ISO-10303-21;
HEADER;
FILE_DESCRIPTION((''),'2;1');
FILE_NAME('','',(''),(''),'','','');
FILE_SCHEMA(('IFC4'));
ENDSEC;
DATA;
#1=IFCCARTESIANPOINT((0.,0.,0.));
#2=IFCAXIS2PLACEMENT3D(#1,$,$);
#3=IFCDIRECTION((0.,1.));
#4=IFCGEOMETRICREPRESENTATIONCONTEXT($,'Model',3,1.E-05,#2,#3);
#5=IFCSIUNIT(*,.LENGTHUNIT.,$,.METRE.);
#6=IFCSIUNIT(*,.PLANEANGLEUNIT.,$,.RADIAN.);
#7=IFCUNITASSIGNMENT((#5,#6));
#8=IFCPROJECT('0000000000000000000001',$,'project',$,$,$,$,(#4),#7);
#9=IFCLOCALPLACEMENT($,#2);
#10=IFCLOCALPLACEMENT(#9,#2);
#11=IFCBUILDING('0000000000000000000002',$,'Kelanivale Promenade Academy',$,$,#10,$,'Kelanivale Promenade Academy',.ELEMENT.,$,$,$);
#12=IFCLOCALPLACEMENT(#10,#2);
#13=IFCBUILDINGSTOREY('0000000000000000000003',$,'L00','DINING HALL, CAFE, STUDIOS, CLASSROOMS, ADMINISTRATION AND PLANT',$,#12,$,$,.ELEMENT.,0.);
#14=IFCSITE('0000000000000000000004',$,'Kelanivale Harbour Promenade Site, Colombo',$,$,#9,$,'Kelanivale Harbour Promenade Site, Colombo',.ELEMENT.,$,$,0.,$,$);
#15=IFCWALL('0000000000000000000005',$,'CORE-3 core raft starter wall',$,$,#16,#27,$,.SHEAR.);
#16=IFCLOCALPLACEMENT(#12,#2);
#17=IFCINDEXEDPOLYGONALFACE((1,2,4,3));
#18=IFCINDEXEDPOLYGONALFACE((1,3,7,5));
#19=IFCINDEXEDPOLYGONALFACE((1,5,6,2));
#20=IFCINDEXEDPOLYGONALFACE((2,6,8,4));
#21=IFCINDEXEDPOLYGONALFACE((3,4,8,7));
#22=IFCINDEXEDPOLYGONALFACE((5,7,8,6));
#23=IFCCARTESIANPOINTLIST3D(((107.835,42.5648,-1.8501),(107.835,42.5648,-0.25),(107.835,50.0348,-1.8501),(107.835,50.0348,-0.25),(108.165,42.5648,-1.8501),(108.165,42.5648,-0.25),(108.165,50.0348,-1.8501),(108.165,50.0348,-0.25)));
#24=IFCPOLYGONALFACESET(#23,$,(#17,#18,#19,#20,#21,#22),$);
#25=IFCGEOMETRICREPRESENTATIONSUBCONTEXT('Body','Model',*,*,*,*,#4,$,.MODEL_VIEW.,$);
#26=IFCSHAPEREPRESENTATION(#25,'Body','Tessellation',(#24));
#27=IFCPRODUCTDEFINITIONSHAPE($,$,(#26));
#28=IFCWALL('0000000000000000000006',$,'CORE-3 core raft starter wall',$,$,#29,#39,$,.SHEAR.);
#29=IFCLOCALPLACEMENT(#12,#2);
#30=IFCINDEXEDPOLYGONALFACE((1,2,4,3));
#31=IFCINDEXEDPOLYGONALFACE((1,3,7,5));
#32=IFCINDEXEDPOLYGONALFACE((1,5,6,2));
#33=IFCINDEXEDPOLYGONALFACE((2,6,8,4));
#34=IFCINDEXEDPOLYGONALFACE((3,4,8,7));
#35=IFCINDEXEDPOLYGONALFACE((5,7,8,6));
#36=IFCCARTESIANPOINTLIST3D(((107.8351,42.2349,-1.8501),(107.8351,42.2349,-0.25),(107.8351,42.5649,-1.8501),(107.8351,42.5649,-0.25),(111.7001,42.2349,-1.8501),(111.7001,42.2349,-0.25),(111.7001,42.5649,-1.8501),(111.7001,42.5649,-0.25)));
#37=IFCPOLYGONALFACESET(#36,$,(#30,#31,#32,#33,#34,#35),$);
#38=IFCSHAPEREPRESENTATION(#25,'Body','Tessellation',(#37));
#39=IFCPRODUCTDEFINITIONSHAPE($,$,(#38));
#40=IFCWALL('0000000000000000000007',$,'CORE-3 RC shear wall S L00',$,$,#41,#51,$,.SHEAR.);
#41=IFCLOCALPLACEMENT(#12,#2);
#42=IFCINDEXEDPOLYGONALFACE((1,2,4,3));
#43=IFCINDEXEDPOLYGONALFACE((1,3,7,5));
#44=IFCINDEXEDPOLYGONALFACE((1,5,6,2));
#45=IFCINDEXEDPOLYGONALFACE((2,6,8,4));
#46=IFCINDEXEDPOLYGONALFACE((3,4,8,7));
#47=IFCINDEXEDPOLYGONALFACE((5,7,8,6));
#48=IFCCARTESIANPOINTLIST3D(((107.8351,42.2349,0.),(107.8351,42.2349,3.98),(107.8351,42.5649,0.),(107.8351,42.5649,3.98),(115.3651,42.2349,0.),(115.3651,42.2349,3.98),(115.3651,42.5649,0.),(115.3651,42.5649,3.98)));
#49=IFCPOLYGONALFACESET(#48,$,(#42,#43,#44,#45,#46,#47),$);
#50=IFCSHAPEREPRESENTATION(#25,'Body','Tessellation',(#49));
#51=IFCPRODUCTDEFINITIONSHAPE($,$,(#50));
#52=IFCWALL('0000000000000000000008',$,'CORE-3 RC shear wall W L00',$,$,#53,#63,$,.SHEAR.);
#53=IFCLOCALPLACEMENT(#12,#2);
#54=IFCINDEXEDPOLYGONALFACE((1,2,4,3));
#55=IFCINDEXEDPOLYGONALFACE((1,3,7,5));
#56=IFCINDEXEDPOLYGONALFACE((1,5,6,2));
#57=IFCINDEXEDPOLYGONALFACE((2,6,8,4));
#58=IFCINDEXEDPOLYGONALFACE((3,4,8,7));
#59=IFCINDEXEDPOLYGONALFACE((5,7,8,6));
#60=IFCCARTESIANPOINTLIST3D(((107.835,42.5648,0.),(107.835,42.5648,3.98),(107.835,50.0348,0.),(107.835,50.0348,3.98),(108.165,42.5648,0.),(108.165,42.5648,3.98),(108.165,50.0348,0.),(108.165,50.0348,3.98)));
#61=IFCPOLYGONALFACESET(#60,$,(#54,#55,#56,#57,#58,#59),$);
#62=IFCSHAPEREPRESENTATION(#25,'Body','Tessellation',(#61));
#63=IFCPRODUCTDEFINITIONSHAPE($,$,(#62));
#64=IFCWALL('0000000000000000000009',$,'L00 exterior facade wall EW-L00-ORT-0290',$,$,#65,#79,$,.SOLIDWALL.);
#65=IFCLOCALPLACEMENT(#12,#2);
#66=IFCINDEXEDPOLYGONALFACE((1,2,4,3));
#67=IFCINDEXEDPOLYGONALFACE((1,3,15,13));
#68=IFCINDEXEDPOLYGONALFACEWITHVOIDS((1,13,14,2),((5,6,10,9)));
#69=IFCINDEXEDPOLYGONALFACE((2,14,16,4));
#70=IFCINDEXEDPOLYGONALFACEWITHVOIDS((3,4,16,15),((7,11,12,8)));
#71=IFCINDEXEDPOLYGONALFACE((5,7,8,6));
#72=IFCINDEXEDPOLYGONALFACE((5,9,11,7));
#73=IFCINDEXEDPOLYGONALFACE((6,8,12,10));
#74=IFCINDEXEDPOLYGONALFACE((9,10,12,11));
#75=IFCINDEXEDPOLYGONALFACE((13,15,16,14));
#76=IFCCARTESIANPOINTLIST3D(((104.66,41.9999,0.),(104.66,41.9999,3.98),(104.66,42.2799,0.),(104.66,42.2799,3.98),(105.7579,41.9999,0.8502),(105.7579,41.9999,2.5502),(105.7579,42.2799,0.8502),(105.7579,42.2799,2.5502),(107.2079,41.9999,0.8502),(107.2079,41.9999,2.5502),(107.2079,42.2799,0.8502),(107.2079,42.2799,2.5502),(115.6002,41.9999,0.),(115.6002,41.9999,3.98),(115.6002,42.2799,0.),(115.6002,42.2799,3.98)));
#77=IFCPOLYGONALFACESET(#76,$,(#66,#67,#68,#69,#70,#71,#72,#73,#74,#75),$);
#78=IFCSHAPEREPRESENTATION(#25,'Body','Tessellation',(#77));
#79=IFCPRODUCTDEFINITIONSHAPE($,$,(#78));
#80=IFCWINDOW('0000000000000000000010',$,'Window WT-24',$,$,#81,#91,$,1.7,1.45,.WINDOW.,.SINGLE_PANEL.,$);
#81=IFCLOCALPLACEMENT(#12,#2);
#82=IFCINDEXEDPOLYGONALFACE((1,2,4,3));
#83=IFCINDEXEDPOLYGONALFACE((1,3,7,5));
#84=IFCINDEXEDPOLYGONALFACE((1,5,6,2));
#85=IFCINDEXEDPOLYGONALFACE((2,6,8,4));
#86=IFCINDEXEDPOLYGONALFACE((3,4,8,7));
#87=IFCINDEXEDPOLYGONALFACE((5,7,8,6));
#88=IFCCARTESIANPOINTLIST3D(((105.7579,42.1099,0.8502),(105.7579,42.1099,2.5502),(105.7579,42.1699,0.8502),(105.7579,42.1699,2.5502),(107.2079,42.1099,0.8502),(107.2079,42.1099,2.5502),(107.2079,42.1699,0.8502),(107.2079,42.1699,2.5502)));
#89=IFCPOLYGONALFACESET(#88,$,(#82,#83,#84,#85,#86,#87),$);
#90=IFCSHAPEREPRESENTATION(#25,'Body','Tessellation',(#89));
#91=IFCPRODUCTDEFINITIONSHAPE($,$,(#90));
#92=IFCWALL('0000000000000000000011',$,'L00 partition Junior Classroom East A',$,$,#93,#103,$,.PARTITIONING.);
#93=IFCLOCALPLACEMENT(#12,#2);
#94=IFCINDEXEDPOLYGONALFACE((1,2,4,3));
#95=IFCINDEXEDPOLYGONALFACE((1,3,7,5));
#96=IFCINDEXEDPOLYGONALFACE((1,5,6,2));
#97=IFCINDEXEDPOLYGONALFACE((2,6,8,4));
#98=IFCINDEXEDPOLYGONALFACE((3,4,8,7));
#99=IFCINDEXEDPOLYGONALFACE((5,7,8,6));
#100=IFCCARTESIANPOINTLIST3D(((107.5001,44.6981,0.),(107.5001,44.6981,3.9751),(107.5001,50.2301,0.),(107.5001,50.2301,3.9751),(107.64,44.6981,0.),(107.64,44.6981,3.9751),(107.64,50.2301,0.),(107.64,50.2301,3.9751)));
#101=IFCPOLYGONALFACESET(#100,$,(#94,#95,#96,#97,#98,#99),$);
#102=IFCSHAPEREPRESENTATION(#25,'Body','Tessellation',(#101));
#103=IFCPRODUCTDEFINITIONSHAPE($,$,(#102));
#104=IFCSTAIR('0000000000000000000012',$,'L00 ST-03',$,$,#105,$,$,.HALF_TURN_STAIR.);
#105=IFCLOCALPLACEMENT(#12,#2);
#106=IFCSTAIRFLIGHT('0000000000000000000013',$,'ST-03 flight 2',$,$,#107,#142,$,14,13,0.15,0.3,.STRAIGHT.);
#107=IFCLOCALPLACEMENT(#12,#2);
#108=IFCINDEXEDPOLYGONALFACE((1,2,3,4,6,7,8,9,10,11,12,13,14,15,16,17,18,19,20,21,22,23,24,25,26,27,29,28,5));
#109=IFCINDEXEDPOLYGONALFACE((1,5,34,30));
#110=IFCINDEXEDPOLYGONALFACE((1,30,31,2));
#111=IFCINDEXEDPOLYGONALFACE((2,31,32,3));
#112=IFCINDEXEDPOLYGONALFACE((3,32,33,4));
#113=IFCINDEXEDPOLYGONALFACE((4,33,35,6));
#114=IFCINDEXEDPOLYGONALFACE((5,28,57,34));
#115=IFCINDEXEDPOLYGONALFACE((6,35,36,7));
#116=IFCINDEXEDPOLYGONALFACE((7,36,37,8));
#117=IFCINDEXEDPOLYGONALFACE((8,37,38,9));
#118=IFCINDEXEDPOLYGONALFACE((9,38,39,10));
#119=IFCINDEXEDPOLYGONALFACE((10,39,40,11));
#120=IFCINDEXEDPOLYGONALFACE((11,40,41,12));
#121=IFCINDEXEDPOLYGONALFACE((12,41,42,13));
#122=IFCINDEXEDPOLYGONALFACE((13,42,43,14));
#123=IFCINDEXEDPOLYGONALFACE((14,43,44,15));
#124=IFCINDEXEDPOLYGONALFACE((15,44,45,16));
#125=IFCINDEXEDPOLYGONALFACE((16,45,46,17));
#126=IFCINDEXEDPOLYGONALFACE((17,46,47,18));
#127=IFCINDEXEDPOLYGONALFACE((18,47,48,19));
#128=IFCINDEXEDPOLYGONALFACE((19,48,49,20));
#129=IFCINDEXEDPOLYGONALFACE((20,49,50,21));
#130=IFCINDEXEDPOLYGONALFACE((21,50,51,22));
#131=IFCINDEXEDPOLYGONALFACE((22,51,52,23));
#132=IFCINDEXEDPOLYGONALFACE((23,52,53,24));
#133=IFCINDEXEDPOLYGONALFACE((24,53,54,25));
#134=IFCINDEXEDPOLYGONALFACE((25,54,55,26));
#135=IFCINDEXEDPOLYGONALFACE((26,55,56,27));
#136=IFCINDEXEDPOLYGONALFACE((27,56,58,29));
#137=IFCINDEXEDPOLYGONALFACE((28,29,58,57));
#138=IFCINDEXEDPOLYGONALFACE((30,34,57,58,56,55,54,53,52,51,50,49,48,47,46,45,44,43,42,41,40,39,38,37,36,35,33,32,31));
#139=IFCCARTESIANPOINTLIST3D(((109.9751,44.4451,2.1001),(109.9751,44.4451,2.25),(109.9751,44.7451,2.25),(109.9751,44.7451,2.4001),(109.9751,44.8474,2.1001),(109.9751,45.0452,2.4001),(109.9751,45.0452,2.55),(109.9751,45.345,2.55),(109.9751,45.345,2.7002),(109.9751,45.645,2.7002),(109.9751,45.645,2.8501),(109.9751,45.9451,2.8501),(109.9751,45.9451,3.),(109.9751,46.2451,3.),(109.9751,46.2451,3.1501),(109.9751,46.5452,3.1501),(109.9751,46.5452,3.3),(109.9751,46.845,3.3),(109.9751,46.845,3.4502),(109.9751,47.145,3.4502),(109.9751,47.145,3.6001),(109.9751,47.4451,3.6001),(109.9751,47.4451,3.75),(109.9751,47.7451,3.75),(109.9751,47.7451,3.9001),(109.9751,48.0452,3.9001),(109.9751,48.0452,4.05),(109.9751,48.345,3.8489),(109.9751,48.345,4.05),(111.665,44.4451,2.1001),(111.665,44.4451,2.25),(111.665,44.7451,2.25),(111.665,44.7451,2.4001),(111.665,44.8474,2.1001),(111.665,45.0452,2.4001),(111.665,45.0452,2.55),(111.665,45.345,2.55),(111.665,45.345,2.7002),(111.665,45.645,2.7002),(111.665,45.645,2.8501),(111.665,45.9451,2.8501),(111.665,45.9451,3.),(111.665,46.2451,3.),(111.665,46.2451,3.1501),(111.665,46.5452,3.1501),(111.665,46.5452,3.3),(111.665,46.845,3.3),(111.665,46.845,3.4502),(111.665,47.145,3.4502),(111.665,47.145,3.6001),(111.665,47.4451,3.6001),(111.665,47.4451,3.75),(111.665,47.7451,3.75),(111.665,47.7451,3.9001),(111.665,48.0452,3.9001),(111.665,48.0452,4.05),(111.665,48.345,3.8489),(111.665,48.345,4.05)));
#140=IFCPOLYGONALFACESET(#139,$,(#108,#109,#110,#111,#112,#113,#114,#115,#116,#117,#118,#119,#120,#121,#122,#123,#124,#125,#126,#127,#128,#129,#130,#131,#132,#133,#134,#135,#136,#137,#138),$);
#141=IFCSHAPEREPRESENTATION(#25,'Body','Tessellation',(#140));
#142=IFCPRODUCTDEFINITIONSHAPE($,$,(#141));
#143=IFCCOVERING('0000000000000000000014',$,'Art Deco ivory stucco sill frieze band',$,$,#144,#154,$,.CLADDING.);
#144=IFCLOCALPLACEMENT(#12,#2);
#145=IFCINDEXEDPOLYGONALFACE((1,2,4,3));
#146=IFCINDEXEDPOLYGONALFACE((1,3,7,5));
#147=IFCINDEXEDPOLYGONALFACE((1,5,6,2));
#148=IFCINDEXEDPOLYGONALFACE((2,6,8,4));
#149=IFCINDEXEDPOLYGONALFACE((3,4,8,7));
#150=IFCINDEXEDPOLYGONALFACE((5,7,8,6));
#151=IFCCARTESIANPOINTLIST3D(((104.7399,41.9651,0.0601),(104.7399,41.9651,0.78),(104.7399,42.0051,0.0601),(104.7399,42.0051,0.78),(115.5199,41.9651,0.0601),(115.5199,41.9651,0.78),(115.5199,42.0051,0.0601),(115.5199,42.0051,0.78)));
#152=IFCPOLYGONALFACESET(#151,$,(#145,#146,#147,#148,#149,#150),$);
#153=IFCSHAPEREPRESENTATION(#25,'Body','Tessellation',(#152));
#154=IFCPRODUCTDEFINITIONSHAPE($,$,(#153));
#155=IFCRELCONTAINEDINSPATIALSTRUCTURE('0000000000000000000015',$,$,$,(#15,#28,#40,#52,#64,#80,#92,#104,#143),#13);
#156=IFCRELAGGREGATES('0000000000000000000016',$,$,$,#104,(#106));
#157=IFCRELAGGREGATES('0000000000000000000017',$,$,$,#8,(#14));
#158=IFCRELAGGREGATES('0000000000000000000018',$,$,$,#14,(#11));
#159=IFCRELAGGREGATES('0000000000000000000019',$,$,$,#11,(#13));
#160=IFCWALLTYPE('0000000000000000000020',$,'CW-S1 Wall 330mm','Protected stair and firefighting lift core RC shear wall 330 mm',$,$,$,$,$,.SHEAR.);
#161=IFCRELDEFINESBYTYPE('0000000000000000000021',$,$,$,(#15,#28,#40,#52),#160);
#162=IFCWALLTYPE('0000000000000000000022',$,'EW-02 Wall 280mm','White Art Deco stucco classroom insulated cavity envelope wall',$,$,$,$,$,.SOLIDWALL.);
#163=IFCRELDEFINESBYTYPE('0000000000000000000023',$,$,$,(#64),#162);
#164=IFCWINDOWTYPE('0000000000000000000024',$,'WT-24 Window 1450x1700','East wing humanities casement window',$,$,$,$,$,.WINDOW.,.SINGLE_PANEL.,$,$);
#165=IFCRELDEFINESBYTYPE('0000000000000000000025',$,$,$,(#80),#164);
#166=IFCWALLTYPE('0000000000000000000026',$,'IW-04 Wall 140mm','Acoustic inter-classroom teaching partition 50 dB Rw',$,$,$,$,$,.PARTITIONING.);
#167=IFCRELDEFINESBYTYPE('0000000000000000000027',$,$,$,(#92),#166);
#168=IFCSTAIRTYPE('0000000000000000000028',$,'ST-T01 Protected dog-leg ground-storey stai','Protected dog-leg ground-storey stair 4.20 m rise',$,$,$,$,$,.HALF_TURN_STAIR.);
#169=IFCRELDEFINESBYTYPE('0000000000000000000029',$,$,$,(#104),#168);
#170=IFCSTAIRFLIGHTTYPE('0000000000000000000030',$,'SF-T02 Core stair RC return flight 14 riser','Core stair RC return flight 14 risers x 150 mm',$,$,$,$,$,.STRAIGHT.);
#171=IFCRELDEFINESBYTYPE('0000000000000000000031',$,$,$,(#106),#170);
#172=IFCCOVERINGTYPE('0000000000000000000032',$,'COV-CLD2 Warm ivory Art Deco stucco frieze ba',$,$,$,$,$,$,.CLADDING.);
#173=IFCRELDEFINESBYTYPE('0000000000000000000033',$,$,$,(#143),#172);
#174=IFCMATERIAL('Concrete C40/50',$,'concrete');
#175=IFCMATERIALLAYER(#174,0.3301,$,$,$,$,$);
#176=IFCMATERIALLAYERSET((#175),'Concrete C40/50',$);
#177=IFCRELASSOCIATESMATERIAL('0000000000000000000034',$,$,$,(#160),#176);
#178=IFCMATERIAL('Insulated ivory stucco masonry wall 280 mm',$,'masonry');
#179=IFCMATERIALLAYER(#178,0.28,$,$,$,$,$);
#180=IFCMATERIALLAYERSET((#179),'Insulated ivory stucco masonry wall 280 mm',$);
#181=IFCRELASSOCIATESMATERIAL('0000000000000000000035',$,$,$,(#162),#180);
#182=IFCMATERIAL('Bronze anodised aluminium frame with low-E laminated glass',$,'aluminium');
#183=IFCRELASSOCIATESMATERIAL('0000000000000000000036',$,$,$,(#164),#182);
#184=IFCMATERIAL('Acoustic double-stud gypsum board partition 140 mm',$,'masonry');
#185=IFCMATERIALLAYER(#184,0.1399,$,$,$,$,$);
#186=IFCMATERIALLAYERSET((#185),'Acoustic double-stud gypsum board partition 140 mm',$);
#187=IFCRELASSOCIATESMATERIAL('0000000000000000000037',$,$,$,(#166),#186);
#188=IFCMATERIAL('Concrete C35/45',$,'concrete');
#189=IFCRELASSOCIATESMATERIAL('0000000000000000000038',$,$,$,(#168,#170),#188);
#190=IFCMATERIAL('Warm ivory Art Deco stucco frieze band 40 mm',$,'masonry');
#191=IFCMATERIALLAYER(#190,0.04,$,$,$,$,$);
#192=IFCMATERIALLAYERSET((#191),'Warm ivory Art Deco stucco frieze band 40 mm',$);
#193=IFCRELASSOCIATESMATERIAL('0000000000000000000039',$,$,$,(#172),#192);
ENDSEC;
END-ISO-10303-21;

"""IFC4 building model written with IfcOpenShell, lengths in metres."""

from ifc_helpers import new_model, si_unit, direction, frame, frame_2d, origin, origin_2d, place, context, subcontext, project, spatial, polyline, rectangle, outline, extrude, material, layer, layer_set, type_object, element, fill, aggregate, save


model = new_model("IFC4")

# Units and contexts
model_context = context("Model", 3, precision=1e-05, world=origin(), true_north=direction((0.0, 1.0)))
body_context = subcontext(model_context, "Body", "Model", "MODEL_VIEW")
ifc_project = project(units=[si_unit("LENGTHUNIT", "METRE"), si_unit("PLANEANGLEUNIT", "RADIAN")], contexts=[model_context])

# Site, building, storey
site_placement = place(None, origin())
site = spatial("IfcSite", under=ifc_project, at=site_placement, Name="Kelanivale Harbour Promenade Site, Colombo", LongName="Kelanivale Harbour Promenade Site, Colombo", CompositionType="ELEMENT", RefElevation=0.0)
building_placement = place(site_placement, origin())
building = spatial("IfcBuilding", under=site, at=building_placement, Name="Kelanivale Promenade Academy", LongName="Kelanivale Promenade Academy", CompositionType="ELEMENT")
storey_placement = place(building_placement, origin())
storey = spatial("IfcBuildingStorey", under=building, at=storey_placement, Name="L00", Description="DINING HALL, CAFE, STUDIOS, CLASSROOMS, ADMINISTRATION AND PLANT", CompositionType="ELEMENT", Elevation=0.0)

# Shared definitions
ifc_material_1 = material(Name="Concrete C35/45", Category="concrete")

# Shared definitions
ifc_material_2 = material(Name="Concrete C40/50", Category="concrete")

# Walls
ifc_layer_1 = layer(ifc_material_2, 0.3301)
ifc_layer_set_1 = layer_set([ifc_layer_1], Name="Concrete C40/50")
wall_type_1 = type_object("IfcWallType", Name="CW-S1 Wall 330mm", Description="Protected stair and firefighting lift core RC shear wall 330 mm", PredefinedType="SHEAR", material=ifc_layer_set_1)
wall_1_placement = place(storey_placement, frame((108.0, 42.5649, -1.8501), z_axis=(0.0, 0.0, 1.0), x_axis=(0.0, 1.0, 0.0)))
element("IfcWall", 1, at=wall_1_placement, inside=storey, type_object=wall_type_1, Name="CORE-3 core raft starter wall", PredefinedType="SHEAR", context=body_context, shape_type="SweptSolid", body=[
    extrude(rectangle(XDim=7.47, YDim=0.3301, at=frame_2d((3.7349, 0.0))), origin(), (0.0, 0.0, 1.0), 1.6001),
])
wall_2_placement = place(storey_placement, frame((107.835, 42.3999, -1.8501), z_axis=(0.0, 0.0, 1.0), x_axis=(1.0, 0.0, 0.0)))
element("IfcWall", 2, at=wall_2_placement, inside=storey, type_object=wall_type_1, Name="CORE-3 core raft starter wall", PredefinedType="SHEAR", context=body_context, shape_type="SweptSolid", body=[
    extrude(rectangle(XDim=3.865, YDim=0.3301, at=frame_2d((1.9326, 0.0))), origin(), (0.0, 0.0, 1.0), 1.6001),
])
wall_3_placement = place(storey_placement, frame((107.835, 42.3999, 0.0), z_axis=(0.0, 0.0, 1.0), x_axis=(1.0, 0.0, 0.0)))
element("IfcWall", 3, at=wall_3_placement, inside=storey, type_object=wall_type_1, Name="CORE-3 RC shear wall S L00", PredefinedType="SHEAR", context=body_context, shape_type="SweptSolid", body=[
    extrude(rectangle(XDim=7.53, YDim=0.3301, at=frame_2d((3.7651, 0.0))), origin(), (0.0, 0.0, 1.0), 3.98),
])
wall_4_placement = place(storey_placement, frame((108.0, 42.5649, 0.0), z_axis=(0.0, 0.0, 1.0), x_axis=(0.0, 1.0, 0.0)))
element("IfcWall", 4, at=wall_4_placement, inside=storey, type_object=wall_type_1, Name="CORE-3 RC shear wall W L00", PredefinedType="SHEAR", context=body_context, shape_type="SweptSolid", body=[
    extrude(rectangle(XDim=7.47, YDim=0.3301, at=frame_2d((3.7349, 0.0))), origin(), (0.0, 0.0, 1.0), 3.98),
])

# Wall, opening, window
ifc_material_3 = material(Name="Insulated ivory stucco masonry wall 280 mm", Category="masonry")
ifc_layer_2 = layer(ifc_material_3, 0.28)
ifc_layer_set_2 = layer_set([ifc_layer_2], Name="Insulated ivory stucco masonry wall 280 mm")
wall_type_2 = type_object("IfcWallType", Name="EW-02 Wall 280mm", Description="White Art Deco stucco classroom insulated cavity envelope wall", PredefinedType="SOLIDWALL", material=ifc_layer_set_2)
wall_5_placement = place(storey_placement, frame((104.6599, 42.1399, 0.0), z_axis=(0.0, 0.0, 1.0), x_axis=(1.0, 0.0, 0.0)))
wall_5 = element("IfcWall", 5, at=wall_5_placement, inside=storey, type_object=wall_type_2, Name="L00 exterior facade wall EW-L00-ORT-0290", PredefinedType="SOLIDWALL", context=body_context, shape_type="SweptSolid", body=[
    extrude(rectangle(XDim=10.9402, YDim=0.28, at=frame_2d((5.4702, 0.0))), origin(), (0.0, 0.0, 1.0), 3.98),
])
opening_placement = place(wall_5_placement, frame((1.0979, 0.0, 0.8501)))
opening = element("IfcOpeningElement", 6, at=opening_placement, cuts=wall_5, PredefinedType="OPENING", context=body_context, shape_type="SweptSolid", body=[
    extrude(rectangle(XDim=1.45, YDim=1.7, at=frame_2d((0.7251, 0.8501))), frame((0.0, 0.1499, 0.0), z_axis=(0.0, -1.0, 0.0), x_axis=(1.0, 0.0, 0.0)), (0.0, 0.0, 1.0), 0.3),
])
ifc_material_4 = material(Name="Bronze anodised aluminium frame with low-E laminated glass", Category="aluminium")
window_type = type_object("IfcWindowType", Name="WT-24 Window 1450x1700", Description="East wing humanities casement window", PartitioningType="SINGLE_PANEL", PredefinedType="WINDOW", material=ifc_material_4)
window_placement = place(opening_placement, origin())
window = element("IfcWindow", 7, at=window_placement, inside=storey, type_object=window_type, Name="Window WT-24", OverallHeight=1.7, OverallWidth=1.45, PartitioningType="SINGLE_PANEL", PredefinedType="WINDOW", context=body_context, shape_type="SweptSolid", body=[
    extrude(rectangle(XDim=1.45, YDim=1.7, at=frame_2d((0.7251, 0.8501))), frame((0.0, 0.03, 0.0), z_axis=(0.0, -1.0, 0.0), x_axis=(1.0, 0.0, 0.0)), (0.0, 0.0, 1.0), 0.0601),
])
fill(opening, window)

# Wall
ifc_material_5 = material(Name="Acoustic double-stud gypsum board partition 140 mm", Category="masonry")
ifc_layer_3 = layer(ifc_material_5, 0.1399)
ifc_layer_set_3 = layer_set([ifc_layer_3], Name="Acoustic double-stud gypsum board partition 140 mm")
wall_type_3 = type_object("IfcWallType", Name="IW-04 Wall 140mm", Description="Acoustic inter-classroom teaching partition 50 dB Rw", PredefinedType="PARTITIONING", material=ifc_layer_set_3)
wall_6_placement = place(storey_placement, frame((107.5701, 44.698, 0.0), z_axis=(0.0, 0.0, 1.0), x_axis=(0.0, 1.0, 0.0)))
element("IfcWall", 8, at=wall_6_placement, inside=storey, type_object=wall_type_3, Name="L00 partition Junior Classroom East A", PredefinedType="PARTITIONING", context=body_context, shape_type="SweptSolid", body=[
    extrude(rectangle(XDim=5.532, YDim=0.1399, at=frame_2d((2.7661, 0.0))), origin(), (0.0, 0.0, 1.0), 3.9751),
])

# Stair, stair flight
stair_type = type_object("IfcStairType", Name="ST-T01 Protected dog-leg ground-storey stai", Description="Protected dog-leg ground-storey stair 4.20 m rise", PredefinedType="HALF_TURN_STAIR", material=ifc_material_1)
stair_placement = place(storey_placement, origin())
stair = element("IfcStair", 9, at=stair_placement, inside=storey, type_object=stair_type, Name="L00 ST-03", PredefinedType="HALF_TURN_STAIR")
stair_flight_type = type_object("IfcStairFlightType", Name="SF-T02 Core stair RC return flight 14 riser", Description="Core stair RC return flight 14 risers x 150 mm", PredefinedType="STRAIGHT", material=ifc_material_1)
stair_flight_placement = place(storey_placement, frame((110.8201, 44.4451, 2.1001), z_axis=(0.0, 0.0, 1.0), x_axis=(0.0, 1.0, 0.0)))
stair_flight = element("IfcStairFlight", 10, at=stair_flight_placement, type_object=stair_flight_type, Name="ST-03 flight 2", NumberOfRisers=14, NumberOfTreads=13, PredefinedType="STRAIGHT", RiserHeight=0.15, TreadLength=0.3, context=body_context, shape_type="SweptSolid", body=[
    extrude(outline(polyline([(0.0, 0.0), (0.0, 0.1499), (0.3, 0.1499), (0.3, 0.3), (0.6001, 0.3), (0.6001, 0.45), (0.8999, 0.45), (0.8999, 0.6001), (1.2, 0.6001), (1.2, 0.75), (1.5, 0.75), (1.5, 0.8999), (1.8, 0.8999), (1.8, 1.05), (2.1001, 1.05), (2.1001, 1.2), (2.3999, 1.2), (2.3999, 1.3501), (2.7, 1.3501), (2.7, 1.5), (3.0, 1.5), (3.0, 1.6499), (3.3, 1.6499), (3.3, 1.8), (3.6001, 1.8), (3.6001, 1.95), (3.8999, 1.95), (3.8999, 2.1001), (3.8999, 1.7488), (0.4023, 0.0), (0.0, 0.0)])), frame((0.0, 0.845, 0.0), z_axis=(0.0, -1.0, 0.0), x_axis=(1.0, 0.0, 0.0)), (0.0, 0.0, 1.0), 1.6899),
])
aggregate(stair, [stair_flight])

# Covering
ifc_material_6 = material(Name="Warm ivory Art Deco stucco frieze band 40 mm", Category="masonry")
ifc_layer_4 = layer(ifc_material_6, 0.04)
ifc_layer_set_4 = layer_set([ifc_layer_4], Name="Warm ivory Art Deco stucco frieze band 40 mm")
covering_type = type_object("IfcCoveringType", Name="COV-CLD2 Warm ivory Art Deco stucco frieze ba", PredefinedType="CLADDING", material=ifc_layer_set_4)
covering_placement = place(storey_placement, frame((110.1299, 41.9851, 0.0601), z_axis=(0.0, 0.0, 1.0), x_axis=(1.0, 0.0, 0.0)))
element("IfcCovering", 11, at=covering_placement, inside=storey, type_object=covering_type, Name="Art Deco ivory stucco sill frieze band", PredefinedType="CLADDING", context=body_context, shape_type="SweptSolid", body=[
    extrude(rectangle(XDim=10.78, YDim=0.04, at=origin_2d()), origin(), (0.0, 0.0, 1.0), 0.72),
])

save(model, "model.ifc")
